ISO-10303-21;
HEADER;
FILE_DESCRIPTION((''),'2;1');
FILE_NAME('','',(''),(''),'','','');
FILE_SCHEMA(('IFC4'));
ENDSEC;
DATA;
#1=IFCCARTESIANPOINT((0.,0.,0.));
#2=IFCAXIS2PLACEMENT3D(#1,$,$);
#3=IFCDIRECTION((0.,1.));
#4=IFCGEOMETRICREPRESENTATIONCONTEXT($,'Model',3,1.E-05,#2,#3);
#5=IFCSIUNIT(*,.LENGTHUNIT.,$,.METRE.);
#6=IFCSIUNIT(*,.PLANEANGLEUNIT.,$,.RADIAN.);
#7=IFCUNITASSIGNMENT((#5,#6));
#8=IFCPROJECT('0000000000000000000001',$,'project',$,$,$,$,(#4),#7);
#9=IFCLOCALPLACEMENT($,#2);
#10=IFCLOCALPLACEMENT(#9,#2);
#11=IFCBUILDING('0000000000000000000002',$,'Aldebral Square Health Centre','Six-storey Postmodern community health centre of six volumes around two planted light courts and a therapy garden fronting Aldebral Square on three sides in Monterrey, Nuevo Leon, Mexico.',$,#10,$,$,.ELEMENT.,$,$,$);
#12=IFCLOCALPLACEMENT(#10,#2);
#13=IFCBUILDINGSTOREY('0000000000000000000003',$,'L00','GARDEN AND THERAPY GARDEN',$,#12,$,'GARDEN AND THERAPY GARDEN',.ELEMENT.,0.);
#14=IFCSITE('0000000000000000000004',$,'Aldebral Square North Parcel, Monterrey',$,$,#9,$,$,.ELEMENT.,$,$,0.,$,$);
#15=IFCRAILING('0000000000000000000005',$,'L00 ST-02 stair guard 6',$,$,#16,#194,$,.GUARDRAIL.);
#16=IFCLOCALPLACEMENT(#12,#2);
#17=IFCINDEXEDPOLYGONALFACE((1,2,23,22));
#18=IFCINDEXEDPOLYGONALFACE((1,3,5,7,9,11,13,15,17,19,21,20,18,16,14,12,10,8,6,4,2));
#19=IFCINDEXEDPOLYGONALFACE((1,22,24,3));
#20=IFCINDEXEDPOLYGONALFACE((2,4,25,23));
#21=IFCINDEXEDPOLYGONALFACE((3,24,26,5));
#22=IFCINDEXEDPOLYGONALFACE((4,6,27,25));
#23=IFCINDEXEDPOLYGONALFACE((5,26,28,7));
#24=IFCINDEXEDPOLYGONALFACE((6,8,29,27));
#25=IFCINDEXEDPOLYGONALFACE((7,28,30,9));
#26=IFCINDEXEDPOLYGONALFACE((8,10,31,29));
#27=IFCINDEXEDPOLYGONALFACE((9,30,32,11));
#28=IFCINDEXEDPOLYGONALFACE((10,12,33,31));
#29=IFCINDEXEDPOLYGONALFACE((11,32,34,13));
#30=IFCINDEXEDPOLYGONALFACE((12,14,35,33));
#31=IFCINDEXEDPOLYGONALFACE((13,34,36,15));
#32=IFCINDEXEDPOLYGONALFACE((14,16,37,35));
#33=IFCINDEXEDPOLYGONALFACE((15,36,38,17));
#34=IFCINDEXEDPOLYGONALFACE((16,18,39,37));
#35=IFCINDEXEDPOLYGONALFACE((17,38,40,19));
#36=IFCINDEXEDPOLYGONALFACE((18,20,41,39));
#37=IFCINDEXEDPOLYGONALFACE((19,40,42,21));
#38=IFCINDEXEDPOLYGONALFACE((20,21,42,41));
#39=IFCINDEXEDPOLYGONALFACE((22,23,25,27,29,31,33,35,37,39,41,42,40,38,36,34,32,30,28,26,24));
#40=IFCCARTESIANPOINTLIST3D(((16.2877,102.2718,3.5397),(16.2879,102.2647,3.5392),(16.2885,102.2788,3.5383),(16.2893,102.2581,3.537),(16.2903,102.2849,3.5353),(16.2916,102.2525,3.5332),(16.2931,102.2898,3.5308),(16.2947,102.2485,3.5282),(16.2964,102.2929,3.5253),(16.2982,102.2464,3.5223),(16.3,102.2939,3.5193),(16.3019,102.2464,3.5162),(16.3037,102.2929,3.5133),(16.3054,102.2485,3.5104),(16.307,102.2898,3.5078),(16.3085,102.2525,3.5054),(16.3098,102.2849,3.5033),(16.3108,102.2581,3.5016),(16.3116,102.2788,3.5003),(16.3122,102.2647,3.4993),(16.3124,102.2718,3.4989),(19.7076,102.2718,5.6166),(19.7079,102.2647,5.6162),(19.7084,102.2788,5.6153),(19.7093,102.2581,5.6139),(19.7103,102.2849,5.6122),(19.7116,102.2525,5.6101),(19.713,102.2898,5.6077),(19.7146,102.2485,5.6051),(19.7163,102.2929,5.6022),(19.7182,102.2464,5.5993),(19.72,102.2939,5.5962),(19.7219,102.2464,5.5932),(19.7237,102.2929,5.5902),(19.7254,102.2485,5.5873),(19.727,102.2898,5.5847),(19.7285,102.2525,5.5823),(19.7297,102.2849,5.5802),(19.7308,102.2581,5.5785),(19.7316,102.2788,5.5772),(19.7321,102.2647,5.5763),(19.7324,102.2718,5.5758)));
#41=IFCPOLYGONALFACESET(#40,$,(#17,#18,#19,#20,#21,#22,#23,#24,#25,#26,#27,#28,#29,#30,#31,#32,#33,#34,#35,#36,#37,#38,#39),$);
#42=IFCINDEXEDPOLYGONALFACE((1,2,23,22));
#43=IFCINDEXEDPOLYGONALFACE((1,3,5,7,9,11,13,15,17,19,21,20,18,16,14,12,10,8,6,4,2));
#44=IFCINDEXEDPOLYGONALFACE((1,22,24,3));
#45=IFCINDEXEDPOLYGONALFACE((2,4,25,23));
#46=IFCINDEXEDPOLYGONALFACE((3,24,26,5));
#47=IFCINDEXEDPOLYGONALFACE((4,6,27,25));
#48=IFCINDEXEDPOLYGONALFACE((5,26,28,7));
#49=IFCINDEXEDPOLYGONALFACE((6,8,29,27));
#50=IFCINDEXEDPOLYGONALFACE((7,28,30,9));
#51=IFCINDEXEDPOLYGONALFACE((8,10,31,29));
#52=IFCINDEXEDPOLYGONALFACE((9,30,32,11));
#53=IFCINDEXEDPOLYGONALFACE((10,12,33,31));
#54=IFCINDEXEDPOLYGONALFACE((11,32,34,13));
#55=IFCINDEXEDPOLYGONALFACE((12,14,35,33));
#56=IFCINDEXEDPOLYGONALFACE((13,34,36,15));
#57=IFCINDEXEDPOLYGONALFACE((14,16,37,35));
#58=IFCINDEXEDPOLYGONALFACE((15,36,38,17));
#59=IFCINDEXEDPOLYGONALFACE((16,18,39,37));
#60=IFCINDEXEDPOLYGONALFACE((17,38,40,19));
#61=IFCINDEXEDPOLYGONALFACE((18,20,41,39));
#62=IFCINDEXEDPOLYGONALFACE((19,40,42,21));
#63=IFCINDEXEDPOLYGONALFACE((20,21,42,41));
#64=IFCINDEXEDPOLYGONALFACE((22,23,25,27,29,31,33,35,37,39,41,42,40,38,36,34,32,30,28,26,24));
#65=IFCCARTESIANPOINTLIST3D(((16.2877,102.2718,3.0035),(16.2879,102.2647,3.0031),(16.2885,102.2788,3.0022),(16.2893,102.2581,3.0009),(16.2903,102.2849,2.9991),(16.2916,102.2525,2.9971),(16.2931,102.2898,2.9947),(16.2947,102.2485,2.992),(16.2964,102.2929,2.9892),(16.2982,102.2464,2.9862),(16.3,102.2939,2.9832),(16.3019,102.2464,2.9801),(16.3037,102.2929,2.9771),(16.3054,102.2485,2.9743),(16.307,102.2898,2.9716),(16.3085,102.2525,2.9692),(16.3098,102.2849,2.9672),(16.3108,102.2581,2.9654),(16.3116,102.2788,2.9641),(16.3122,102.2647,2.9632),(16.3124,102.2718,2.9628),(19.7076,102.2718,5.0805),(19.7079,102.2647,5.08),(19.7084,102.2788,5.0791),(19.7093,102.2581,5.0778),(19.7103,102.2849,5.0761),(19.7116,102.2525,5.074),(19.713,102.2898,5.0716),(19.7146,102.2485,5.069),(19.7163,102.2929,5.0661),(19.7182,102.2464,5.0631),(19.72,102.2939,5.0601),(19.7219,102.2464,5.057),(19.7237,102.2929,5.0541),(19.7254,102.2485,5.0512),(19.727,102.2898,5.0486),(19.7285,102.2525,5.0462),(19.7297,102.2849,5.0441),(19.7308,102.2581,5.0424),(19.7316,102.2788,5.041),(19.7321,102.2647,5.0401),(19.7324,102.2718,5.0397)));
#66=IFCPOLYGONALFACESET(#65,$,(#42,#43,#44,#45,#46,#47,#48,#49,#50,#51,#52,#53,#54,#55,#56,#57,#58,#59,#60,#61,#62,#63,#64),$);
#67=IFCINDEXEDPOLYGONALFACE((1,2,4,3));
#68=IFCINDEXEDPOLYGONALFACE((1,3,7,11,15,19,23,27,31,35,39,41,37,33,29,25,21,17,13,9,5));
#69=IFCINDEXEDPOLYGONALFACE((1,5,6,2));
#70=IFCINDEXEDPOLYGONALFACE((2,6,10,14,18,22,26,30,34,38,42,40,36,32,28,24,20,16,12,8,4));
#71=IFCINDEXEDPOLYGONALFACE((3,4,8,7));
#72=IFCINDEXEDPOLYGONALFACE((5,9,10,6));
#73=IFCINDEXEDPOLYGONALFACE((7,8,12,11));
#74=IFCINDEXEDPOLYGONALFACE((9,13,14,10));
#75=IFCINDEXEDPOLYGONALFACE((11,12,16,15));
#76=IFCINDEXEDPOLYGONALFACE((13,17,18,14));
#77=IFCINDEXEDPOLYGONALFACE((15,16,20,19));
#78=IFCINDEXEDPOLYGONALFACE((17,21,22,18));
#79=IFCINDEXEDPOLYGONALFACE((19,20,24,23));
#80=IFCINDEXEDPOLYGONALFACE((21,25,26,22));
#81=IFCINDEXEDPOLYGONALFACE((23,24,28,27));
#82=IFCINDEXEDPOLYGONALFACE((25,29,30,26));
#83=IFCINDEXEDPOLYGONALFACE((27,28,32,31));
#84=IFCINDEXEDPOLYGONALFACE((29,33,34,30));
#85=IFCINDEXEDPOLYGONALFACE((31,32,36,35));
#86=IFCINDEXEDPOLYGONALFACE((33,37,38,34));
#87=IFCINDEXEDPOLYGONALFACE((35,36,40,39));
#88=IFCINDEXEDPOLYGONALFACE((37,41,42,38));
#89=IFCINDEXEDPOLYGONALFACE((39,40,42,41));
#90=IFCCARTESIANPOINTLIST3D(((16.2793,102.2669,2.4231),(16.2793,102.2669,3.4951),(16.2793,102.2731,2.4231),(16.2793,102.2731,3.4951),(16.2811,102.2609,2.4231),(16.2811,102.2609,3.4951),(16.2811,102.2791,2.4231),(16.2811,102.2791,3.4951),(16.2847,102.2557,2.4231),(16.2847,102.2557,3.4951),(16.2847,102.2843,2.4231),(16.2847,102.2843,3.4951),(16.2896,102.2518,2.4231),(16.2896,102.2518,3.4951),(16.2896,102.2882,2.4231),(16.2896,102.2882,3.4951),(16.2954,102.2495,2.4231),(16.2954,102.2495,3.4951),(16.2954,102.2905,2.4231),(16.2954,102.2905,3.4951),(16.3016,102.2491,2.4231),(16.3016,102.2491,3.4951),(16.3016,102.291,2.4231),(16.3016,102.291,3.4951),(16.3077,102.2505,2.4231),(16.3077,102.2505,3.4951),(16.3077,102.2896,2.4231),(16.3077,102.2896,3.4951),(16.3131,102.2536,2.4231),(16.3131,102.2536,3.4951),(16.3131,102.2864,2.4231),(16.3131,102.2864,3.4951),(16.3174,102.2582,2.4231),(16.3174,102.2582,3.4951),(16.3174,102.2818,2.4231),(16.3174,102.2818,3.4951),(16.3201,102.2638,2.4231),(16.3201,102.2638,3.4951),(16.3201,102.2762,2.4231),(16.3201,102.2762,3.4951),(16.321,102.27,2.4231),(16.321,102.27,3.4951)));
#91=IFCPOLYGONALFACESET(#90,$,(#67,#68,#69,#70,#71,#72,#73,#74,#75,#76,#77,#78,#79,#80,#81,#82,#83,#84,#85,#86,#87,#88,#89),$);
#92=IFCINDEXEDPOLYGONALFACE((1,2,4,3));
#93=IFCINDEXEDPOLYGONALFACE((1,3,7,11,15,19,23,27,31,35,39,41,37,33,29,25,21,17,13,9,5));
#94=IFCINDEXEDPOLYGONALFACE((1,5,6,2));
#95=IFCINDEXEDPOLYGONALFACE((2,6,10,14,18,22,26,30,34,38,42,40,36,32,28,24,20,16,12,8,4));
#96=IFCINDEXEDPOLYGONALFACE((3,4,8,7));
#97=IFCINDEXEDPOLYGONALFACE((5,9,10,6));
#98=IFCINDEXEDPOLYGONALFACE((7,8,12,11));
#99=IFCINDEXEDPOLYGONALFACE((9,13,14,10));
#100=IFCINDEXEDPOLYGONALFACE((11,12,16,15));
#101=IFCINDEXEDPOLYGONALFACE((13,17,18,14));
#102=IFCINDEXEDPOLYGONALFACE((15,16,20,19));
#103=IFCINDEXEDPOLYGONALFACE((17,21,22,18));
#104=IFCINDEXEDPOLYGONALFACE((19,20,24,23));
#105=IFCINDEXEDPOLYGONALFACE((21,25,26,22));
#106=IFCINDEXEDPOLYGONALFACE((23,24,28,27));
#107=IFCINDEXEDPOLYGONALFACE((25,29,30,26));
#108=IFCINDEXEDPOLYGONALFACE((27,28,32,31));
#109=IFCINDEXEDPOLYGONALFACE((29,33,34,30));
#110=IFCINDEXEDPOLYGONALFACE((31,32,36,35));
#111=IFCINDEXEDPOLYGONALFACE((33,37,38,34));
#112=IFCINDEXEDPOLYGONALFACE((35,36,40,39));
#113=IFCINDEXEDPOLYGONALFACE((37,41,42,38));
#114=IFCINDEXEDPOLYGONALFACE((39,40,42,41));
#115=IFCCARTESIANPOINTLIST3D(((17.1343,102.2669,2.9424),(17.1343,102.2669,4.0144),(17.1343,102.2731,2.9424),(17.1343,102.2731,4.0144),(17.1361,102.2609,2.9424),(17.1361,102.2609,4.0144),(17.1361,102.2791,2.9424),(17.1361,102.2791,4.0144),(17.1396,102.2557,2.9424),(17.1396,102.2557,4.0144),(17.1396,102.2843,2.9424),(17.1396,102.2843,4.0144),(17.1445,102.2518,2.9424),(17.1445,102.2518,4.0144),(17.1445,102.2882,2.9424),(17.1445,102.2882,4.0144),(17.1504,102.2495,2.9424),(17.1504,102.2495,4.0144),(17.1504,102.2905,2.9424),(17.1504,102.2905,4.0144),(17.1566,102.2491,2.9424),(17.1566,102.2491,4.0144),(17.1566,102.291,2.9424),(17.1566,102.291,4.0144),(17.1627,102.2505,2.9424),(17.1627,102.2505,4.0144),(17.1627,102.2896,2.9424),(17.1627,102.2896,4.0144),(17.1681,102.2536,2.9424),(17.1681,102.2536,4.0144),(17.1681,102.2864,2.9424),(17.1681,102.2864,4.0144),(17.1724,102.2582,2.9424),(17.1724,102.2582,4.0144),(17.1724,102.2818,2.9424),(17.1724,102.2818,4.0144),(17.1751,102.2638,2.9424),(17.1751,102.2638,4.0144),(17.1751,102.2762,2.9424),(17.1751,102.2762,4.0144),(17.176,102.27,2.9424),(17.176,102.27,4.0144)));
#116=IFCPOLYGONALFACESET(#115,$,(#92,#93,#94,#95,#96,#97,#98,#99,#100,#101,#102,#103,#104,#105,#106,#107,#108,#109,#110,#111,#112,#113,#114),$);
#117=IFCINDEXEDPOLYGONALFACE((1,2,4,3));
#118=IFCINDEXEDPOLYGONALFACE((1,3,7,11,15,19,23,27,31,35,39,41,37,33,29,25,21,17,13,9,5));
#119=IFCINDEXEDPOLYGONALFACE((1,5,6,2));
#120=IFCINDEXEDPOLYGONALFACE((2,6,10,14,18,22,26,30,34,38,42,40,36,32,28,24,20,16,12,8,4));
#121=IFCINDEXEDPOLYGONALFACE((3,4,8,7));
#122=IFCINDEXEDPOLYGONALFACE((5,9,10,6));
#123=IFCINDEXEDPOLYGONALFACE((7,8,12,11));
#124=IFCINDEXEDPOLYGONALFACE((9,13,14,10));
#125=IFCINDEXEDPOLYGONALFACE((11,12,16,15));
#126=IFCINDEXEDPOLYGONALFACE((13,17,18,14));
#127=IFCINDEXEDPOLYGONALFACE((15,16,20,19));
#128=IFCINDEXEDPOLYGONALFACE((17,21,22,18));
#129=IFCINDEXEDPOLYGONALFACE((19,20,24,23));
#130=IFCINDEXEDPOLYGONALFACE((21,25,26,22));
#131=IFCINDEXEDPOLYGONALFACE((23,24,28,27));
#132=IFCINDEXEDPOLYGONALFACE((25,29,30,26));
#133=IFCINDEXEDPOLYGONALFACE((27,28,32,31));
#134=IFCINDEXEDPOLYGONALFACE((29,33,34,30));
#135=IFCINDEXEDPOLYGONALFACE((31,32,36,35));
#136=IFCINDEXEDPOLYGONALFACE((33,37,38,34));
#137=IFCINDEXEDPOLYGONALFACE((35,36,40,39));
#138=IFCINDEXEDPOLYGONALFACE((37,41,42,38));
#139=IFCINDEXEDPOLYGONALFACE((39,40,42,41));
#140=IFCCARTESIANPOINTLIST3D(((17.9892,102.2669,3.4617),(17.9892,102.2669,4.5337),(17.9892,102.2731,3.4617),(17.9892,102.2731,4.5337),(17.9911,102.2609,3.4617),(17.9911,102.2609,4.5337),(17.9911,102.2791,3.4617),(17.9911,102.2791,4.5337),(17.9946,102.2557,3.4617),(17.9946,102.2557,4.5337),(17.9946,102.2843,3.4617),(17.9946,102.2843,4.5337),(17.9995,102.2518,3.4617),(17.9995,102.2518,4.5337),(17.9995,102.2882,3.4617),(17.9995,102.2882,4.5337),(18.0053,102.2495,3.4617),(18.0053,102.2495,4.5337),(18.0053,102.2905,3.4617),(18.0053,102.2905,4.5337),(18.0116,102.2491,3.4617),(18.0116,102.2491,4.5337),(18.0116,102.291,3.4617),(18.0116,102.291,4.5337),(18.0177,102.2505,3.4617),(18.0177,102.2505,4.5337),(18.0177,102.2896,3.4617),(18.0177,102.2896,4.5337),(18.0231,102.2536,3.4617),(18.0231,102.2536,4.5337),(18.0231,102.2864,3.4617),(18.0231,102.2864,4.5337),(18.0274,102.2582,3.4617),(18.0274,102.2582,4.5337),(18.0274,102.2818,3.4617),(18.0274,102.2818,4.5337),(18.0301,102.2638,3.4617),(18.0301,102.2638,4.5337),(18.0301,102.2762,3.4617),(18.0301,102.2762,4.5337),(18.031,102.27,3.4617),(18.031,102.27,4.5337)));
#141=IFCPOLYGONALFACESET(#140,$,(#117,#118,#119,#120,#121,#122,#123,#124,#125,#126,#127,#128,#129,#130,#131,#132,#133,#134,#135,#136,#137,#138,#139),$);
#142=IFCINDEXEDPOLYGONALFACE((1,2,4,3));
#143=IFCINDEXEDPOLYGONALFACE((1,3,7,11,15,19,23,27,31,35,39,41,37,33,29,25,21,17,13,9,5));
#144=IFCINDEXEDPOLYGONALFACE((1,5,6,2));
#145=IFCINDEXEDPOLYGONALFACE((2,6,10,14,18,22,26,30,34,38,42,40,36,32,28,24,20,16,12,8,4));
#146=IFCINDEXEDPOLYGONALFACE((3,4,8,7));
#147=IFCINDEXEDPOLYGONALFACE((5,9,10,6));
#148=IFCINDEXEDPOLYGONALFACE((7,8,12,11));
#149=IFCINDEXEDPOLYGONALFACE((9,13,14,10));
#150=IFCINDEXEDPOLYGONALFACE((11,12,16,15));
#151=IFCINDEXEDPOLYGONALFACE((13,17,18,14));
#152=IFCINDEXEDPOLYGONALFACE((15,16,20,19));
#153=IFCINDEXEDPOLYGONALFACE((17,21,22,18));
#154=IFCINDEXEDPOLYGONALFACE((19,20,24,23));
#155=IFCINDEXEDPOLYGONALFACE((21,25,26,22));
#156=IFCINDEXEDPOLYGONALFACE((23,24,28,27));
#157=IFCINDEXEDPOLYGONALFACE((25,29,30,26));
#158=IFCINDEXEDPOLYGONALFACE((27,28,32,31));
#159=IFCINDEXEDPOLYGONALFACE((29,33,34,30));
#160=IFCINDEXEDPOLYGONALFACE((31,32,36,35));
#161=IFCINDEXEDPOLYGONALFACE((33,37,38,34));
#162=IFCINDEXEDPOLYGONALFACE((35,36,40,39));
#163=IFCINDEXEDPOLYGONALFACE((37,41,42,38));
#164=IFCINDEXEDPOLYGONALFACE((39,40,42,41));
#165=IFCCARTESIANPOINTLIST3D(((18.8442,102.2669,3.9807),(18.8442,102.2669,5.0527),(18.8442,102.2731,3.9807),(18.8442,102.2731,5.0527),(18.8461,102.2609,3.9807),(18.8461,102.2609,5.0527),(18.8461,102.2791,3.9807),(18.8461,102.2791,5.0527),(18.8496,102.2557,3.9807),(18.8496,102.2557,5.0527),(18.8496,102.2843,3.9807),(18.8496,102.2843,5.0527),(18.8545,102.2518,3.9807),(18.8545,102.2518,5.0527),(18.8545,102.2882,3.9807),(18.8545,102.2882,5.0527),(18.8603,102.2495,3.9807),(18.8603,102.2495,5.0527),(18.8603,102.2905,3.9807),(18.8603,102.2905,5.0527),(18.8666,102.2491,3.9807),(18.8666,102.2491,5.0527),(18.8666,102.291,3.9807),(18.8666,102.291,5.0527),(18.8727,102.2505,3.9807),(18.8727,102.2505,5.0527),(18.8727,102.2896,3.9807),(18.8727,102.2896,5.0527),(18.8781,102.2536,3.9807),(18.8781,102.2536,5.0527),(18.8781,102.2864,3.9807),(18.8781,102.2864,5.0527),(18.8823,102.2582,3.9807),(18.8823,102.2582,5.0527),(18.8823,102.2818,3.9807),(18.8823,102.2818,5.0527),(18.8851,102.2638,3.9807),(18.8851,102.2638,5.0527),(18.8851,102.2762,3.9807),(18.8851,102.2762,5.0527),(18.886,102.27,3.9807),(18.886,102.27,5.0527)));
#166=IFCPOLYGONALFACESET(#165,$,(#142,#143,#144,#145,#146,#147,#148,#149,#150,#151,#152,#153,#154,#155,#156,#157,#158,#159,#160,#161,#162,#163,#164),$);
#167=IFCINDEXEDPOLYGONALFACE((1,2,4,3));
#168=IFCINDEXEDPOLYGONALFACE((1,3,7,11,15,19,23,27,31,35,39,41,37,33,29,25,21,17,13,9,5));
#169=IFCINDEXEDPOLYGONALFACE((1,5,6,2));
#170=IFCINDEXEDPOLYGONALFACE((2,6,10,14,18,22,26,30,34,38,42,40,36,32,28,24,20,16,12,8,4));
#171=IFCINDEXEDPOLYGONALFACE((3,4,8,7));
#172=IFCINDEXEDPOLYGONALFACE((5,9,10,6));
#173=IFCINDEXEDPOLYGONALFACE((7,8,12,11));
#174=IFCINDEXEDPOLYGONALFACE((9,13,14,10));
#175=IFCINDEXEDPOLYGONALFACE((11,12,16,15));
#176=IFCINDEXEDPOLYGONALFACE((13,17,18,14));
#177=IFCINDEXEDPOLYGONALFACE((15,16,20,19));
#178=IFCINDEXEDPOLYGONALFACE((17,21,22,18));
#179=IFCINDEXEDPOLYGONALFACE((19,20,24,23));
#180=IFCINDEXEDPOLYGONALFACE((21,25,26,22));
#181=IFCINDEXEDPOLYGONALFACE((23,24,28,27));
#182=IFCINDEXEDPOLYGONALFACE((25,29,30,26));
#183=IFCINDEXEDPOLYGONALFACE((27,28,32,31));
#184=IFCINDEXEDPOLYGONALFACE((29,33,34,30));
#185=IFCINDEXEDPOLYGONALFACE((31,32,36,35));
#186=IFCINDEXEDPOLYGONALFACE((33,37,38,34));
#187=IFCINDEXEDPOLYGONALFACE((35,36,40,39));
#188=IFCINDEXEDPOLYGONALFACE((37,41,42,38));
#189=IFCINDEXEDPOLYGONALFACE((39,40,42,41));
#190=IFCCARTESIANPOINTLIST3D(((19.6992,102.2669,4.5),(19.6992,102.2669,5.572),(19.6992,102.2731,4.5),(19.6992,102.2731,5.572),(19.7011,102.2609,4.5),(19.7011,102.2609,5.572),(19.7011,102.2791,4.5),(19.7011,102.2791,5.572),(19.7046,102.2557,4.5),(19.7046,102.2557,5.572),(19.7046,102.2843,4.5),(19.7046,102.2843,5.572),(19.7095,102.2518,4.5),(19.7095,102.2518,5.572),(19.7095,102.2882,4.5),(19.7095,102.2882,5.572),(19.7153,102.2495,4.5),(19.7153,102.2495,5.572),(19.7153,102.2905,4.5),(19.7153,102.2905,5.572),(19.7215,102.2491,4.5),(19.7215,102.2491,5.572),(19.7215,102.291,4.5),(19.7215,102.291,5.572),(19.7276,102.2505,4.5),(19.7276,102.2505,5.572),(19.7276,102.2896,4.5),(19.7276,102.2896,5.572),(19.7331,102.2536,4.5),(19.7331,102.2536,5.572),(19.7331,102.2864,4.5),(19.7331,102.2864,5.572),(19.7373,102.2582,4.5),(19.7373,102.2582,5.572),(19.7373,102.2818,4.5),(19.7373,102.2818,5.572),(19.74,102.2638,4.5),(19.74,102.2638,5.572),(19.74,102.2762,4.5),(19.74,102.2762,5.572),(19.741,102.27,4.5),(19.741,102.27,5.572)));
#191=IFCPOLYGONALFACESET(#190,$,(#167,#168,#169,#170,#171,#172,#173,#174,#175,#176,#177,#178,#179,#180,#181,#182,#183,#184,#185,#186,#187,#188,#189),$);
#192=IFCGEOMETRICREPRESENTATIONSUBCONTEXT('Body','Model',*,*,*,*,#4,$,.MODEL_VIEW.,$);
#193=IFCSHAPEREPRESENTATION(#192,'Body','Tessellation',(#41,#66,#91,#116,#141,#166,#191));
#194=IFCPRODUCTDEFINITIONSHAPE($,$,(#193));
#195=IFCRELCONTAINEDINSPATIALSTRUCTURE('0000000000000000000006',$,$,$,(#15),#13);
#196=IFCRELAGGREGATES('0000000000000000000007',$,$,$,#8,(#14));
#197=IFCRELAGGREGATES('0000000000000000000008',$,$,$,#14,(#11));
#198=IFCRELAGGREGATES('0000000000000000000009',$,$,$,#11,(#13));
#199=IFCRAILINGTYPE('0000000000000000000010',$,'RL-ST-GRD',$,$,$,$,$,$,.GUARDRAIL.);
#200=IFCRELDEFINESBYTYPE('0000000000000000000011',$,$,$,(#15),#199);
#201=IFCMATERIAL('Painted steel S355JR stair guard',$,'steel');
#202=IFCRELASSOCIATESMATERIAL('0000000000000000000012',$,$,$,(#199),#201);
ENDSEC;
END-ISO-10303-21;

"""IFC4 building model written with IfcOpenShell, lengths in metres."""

from ifc_helpers import new_model, si_unit, direction, frame, origin, origin_2d, place, context, subcontext, project, spatial, circle, extrude, material, type_object, element, save


model = new_model("IFC4")

# Units and contexts
model_context = context("Model", 3, precision=1e-05, world=origin(), true_north=direction((0.0, 1.0)))
body_context = subcontext(model_context, "Body", "Model", "MODEL_VIEW")
ifc_project = project(units=[si_unit("LENGTHUNIT", "METRE"), si_unit("PLANEANGLEUNIT", "RADIAN")], contexts=[model_context])

# Site, building, storey
site_placement = place(None, origin())
site = spatial("IfcSite", under=ifc_project, at=site_placement, Name="Aldebral Square North Parcel, Monterrey", CompositionType="ELEMENT", RefElevation=0.0)
building_placement = place(site_placement, origin())
building = spatial("IfcBuilding", under=site, at=building_placement, Name="Aldebral Square Health Centre", Description="Six-storey Postmodern community health centre of six volumes around two planted light courts and a therapy garden fronting Aldebral Square on three sides in Monterrey, Nuevo Leon, Mexico.", CompositionType="ELEMENT")
storey_placement = place(building_placement, origin())
storey = spatial("IfcBuildingStorey", under=building, at=storey_placement, Name="L00", Description="GARDEN AND THERAPY GARDEN", LongName="GARDEN AND THERAPY GARDEN", CompositionType="ELEMENT", Elevation=0.0)

# Railing
ifc_material_1 = material(Name="Painted steel S355JR stair guard", Category="steel")
railing_type_1 = type_object("IfcRailingType", Name="RL-ST-GRD", PredefinedType="GUARDRAIL", material=ifc_material_1)
railing_1_placement = place(storey_placement, frame((16.3, 102.27, 2.4231)))
element("IfcRailing", 1, at=railing_1_placement, inside=storey, type_object=railing_type_1, Name="L00 ST-02 stair guard 6", PredefinedType="GUARDRAIL", context=body_context, shape_type="SweptSolid", body=[
    extrude(circle(Radius=0.0239, at=origin_2d()), frame((0.0, 0.0, 1.0962), z_axis=(0.85473, 0.0, 0.519074), x_axis=(0.0, 1.0, 0.0)), (0.0, 0.0, 1.0), 4.0012),
    extrude(circle(Radius=0.0239, at=origin_2d()), frame((0.0, 0.0, 0.5601), z_axis=(0.85473, 0.0, 0.519074), x_axis=(0.0, 1.0, 0.0)), (0.0, 0.0, 1.0), 4.0012),
    extrude(circle(Radius=0.021, at=origin_2d()), origin(), (0.0, 0.0, 1.0), 1.072),
    extrude(circle(Radius=0.021, at=origin_2d()), frame((0.855, 0.0, 0.5193)), (0.0, 0.0, 1.0), 1.072),
    extrude(circle(Radius=0.021, at=origin_2d()), frame((1.71, 0.0, 1.0386)), (0.0, 0.0, 1.0), 1.072),
    extrude(circle(Radius=0.021, at=origin_2d()), frame((2.5649, 0.0, 1.5576)), (0.0, 0.0, 1.0), 1.072),
    extrude(circle(Radius=0.021, at=origin_2d()), frame((3.4199, 0.0, 2.0769)), (0.0, 0.0, 1.0), 1.072),
])

save(model, "model.ifc")
